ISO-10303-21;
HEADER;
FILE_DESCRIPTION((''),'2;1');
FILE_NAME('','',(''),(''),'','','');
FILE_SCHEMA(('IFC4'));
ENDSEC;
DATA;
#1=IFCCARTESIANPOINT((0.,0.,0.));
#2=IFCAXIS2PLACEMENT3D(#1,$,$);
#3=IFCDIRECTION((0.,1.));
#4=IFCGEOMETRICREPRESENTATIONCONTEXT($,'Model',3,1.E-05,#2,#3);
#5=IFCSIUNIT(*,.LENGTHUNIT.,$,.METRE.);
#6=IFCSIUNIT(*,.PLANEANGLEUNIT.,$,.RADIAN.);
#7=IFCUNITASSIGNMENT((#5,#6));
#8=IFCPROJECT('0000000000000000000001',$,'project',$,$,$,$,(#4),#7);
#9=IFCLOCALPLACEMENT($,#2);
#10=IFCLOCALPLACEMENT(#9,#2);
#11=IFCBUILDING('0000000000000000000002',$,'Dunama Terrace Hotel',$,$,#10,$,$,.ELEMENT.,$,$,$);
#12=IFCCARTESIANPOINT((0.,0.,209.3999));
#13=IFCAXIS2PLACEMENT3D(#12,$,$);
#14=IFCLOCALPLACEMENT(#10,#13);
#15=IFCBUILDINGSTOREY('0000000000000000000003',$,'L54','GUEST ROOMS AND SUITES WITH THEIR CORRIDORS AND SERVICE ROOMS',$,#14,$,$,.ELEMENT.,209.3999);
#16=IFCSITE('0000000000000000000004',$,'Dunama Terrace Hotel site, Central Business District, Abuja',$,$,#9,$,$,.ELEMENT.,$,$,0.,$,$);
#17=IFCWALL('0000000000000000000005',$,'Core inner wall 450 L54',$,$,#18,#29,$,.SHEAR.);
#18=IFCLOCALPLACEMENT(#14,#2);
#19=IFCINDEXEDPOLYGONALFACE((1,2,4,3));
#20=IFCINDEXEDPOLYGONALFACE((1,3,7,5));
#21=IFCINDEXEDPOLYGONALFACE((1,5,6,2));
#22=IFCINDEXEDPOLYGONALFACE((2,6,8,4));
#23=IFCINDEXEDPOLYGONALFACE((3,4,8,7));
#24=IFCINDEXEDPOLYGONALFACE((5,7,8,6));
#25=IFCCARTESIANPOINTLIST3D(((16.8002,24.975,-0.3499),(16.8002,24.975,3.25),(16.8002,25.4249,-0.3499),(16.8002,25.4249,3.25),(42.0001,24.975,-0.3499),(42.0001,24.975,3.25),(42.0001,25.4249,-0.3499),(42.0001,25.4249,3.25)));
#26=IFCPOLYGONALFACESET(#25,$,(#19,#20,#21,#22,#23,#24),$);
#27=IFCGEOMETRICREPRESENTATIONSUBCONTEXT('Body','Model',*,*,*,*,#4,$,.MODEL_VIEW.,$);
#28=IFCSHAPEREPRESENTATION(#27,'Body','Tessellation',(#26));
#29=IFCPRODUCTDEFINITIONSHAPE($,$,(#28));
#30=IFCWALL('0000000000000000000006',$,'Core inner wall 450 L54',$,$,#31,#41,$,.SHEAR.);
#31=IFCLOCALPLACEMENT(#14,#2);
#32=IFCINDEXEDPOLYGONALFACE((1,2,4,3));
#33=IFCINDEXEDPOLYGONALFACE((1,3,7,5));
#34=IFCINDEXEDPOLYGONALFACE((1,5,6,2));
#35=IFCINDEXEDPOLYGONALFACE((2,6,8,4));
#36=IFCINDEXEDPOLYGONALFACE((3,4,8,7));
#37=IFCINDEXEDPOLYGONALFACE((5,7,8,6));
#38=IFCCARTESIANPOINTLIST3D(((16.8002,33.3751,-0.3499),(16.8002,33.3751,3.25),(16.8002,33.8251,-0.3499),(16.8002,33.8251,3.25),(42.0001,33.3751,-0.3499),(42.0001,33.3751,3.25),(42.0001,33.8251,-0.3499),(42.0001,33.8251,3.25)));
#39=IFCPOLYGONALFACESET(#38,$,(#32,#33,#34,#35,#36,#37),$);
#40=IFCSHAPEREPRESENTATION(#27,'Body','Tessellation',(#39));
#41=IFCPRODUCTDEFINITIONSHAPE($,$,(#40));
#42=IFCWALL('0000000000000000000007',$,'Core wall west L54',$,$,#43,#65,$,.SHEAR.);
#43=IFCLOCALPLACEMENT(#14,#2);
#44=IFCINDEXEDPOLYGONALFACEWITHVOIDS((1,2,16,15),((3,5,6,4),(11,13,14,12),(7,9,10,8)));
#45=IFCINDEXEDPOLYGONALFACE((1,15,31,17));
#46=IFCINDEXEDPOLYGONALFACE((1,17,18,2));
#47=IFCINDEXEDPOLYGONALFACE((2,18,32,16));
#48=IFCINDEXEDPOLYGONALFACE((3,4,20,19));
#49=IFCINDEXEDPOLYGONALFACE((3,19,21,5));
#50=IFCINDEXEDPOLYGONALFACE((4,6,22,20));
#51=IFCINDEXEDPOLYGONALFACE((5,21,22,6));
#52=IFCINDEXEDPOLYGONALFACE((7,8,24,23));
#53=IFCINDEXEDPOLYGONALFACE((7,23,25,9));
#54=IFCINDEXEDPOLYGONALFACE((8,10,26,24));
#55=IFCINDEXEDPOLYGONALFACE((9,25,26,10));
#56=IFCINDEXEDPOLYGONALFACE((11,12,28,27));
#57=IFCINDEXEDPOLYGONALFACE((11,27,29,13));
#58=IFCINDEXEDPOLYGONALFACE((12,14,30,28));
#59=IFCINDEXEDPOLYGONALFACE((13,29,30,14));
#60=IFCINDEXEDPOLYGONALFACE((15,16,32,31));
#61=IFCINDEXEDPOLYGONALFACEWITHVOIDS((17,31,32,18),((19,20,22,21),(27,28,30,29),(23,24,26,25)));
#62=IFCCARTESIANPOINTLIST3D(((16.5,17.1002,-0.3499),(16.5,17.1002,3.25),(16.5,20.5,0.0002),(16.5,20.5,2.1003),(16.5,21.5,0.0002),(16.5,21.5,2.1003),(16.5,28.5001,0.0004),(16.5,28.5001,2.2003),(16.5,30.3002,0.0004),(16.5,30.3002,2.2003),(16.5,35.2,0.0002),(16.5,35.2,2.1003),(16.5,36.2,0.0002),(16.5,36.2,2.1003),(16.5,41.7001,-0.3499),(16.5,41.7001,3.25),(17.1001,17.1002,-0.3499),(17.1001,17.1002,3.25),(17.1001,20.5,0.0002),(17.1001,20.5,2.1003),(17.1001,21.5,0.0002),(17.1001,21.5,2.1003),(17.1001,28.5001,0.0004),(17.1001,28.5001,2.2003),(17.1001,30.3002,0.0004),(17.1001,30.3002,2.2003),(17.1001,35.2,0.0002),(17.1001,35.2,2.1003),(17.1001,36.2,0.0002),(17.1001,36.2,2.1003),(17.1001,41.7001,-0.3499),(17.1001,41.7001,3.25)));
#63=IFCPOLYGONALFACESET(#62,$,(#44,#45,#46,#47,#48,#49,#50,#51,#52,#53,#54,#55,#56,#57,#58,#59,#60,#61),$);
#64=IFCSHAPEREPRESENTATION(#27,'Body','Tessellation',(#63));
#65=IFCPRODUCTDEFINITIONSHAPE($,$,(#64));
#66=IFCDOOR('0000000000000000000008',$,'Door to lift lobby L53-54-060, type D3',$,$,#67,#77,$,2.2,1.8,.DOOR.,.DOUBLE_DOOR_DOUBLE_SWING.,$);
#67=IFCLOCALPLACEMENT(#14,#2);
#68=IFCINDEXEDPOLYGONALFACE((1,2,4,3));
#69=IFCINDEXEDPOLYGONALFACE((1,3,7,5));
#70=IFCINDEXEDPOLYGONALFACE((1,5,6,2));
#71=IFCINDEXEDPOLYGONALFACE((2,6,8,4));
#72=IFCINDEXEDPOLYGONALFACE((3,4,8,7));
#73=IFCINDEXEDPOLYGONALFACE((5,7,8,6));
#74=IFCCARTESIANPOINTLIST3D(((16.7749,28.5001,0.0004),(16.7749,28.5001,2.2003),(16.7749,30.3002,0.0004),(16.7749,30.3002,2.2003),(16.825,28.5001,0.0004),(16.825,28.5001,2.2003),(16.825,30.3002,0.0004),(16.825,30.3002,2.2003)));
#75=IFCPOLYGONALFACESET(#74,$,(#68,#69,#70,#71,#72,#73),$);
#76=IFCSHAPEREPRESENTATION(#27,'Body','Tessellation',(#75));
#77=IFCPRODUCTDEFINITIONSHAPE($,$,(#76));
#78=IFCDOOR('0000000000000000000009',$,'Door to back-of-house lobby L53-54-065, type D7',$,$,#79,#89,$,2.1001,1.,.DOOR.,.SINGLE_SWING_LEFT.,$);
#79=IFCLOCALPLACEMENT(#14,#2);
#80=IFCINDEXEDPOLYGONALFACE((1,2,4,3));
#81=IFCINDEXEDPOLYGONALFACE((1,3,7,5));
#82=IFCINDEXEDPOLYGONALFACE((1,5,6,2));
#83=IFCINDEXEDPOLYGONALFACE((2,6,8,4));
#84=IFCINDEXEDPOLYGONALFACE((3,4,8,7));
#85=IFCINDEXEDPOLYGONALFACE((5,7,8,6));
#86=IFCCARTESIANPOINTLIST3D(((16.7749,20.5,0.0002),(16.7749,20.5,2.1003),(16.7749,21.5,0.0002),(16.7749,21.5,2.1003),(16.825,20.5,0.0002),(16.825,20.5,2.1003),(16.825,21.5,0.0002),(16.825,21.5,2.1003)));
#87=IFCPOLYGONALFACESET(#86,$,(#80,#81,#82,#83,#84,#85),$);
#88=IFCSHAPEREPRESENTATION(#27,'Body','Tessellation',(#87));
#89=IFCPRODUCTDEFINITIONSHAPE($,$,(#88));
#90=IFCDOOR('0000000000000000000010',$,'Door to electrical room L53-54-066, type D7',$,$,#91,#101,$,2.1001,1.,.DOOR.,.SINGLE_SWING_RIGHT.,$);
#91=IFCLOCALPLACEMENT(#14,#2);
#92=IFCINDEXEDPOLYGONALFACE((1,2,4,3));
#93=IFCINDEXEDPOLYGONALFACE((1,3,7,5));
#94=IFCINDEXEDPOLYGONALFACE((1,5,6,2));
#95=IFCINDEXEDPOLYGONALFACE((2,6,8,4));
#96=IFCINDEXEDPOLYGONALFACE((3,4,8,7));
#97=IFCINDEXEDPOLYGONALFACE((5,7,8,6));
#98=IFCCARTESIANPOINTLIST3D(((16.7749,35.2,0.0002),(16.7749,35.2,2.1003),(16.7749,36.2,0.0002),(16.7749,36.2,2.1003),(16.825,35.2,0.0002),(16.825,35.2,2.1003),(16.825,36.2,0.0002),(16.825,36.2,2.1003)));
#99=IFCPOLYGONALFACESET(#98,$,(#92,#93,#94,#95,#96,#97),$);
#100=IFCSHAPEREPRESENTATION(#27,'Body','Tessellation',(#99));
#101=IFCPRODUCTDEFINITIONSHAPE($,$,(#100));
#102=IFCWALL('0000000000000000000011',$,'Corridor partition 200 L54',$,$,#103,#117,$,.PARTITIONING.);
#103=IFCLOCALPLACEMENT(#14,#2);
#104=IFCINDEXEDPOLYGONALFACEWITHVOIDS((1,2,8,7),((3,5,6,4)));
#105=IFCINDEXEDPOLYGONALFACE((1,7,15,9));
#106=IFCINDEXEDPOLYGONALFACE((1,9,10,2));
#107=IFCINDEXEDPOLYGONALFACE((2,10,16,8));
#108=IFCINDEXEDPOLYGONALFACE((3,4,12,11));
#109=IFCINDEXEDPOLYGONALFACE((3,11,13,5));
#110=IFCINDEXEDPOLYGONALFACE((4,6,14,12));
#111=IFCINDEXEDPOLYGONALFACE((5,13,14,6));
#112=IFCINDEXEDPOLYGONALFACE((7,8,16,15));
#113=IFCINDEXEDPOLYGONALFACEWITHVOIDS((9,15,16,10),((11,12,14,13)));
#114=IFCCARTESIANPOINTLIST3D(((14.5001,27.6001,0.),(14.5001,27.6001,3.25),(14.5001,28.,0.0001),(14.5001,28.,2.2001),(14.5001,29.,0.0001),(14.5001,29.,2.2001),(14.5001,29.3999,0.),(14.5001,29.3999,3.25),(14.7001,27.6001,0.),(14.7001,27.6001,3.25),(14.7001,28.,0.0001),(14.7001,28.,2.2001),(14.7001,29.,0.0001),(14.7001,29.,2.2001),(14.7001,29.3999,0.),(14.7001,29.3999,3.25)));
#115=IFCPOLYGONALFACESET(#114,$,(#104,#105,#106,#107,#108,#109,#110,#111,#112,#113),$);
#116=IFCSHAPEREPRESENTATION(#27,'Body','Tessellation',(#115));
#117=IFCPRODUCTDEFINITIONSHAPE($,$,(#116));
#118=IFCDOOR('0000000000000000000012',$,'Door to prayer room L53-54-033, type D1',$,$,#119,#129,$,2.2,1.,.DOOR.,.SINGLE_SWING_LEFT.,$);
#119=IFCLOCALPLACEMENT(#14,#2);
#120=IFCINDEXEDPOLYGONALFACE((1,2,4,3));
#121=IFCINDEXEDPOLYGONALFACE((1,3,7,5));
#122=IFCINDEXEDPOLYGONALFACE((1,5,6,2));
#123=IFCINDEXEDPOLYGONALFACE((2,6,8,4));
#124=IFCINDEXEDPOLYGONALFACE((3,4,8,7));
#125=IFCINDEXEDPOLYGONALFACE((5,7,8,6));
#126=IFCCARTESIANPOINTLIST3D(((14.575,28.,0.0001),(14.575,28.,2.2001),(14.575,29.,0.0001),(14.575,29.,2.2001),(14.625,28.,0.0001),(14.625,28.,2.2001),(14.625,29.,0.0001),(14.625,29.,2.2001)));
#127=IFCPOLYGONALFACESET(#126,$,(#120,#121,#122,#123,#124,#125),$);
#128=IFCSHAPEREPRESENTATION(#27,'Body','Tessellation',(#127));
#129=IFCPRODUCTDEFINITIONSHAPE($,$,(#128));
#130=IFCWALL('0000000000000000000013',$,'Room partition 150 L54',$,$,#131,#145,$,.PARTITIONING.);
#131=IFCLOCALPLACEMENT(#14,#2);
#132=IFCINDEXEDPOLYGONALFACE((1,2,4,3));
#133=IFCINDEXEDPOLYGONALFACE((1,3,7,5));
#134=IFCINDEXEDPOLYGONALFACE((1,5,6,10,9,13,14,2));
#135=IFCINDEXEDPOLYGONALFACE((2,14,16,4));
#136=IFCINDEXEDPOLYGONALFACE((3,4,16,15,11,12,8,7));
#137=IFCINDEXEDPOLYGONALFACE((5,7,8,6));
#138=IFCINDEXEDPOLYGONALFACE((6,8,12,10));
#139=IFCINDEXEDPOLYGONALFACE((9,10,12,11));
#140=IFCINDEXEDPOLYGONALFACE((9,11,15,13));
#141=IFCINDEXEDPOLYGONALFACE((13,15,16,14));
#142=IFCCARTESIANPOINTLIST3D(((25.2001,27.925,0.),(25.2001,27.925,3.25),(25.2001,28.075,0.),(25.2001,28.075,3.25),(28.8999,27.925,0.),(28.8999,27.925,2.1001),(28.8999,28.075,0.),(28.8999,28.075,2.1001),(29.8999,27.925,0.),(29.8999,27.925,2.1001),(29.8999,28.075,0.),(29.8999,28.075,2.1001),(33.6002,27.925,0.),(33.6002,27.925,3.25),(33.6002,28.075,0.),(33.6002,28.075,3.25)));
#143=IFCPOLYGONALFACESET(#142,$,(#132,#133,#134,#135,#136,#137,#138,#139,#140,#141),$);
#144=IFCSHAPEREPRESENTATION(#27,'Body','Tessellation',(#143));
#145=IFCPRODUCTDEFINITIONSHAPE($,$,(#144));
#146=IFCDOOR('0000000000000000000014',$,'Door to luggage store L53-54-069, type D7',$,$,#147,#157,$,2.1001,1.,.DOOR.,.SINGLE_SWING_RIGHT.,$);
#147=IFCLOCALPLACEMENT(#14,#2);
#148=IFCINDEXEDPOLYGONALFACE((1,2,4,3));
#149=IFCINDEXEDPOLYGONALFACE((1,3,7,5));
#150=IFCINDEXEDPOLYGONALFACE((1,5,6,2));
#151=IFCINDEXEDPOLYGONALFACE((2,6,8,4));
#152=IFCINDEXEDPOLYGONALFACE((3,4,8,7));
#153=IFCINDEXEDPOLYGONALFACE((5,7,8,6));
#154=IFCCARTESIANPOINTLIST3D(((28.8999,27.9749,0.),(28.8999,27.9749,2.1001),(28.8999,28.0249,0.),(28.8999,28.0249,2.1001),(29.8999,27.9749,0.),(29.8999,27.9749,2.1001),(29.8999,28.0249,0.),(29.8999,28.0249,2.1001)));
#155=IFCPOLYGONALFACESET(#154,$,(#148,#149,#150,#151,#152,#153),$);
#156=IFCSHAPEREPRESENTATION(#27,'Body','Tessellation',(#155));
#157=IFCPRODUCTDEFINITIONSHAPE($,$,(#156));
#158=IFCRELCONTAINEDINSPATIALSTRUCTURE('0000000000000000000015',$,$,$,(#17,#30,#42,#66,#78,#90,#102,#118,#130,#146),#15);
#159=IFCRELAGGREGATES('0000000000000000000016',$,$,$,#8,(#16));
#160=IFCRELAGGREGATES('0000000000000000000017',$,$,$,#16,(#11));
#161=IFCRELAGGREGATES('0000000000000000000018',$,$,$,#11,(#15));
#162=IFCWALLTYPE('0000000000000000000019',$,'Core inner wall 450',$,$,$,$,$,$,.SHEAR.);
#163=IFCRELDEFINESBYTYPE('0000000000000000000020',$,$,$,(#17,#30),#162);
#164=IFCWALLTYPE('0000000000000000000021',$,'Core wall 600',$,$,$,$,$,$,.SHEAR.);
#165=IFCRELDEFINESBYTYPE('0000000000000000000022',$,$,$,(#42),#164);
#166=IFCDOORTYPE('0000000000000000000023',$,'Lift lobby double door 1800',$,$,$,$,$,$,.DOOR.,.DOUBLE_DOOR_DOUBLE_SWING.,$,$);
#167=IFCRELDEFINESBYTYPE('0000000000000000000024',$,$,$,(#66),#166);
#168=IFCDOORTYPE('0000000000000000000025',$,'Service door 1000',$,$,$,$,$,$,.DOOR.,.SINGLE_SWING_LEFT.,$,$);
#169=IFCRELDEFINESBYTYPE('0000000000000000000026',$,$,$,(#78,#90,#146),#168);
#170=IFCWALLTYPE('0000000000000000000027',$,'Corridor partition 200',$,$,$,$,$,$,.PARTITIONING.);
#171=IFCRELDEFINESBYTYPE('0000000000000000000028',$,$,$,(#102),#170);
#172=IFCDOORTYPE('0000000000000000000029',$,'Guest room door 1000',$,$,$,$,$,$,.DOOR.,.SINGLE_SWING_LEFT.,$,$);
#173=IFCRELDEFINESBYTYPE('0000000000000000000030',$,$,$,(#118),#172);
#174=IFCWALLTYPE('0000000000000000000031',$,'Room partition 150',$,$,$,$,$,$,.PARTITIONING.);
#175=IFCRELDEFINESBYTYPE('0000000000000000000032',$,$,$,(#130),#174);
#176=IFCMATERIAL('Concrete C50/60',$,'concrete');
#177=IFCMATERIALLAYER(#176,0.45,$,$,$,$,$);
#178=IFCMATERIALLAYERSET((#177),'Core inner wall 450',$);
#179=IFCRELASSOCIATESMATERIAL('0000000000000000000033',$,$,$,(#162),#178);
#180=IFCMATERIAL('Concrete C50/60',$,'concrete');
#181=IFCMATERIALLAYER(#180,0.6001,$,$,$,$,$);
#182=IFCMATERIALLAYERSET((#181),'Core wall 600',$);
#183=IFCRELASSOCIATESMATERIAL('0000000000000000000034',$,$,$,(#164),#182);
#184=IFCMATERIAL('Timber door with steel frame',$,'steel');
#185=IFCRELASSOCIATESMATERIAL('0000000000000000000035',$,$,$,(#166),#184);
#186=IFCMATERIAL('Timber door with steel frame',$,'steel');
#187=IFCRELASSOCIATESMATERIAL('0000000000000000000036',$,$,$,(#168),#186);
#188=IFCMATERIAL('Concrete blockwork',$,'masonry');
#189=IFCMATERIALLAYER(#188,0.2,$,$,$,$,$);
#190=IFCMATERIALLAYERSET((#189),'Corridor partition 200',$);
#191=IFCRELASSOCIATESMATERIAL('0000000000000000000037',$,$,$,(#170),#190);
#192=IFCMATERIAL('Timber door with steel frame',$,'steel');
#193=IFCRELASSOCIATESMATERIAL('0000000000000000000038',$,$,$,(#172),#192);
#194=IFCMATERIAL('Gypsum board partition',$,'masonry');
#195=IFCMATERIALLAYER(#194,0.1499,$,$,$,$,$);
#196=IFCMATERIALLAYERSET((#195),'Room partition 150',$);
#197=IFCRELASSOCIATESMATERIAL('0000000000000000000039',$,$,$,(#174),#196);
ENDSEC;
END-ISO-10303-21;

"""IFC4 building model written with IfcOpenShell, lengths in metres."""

from ifc_helpers import new_model, si_unit, direction, frame, frame_2d, origin, place, context, subcontext, project, spatial, rectangle, extrude, material, layer, layer_set, type_object, element, fill, save


model = new_model("IFC4")

# Units and contexts
model_context = context("Model", 3, precision=1e-05, world=origin(), true_north=direction((0.0, 1.0)))
body_context = subcontext(model_context, "Body", "Model", "MODEL_VIEW")
ifc_project = project(units=[si_unit("LENGTHUNIT", "METRE"), si_unit("PLANEANGLEUNIT", "RADIAN")], contexts=[model_context])

# Site, building, storey
site_placement = place(None, origin())
site = spatial("IfcSite", under=ifc_project, at=site_placement, Name="Dunama Terrace Hotel site, Central Business District, Abuja", CompositionType="ELEMENT", RefElevation=0.0)
building_placement = place(site_placement, origin())
building = spatial("IfcBuilding", under=site, at=building_placement, Name="Dunama Terrace Hotel", CompositionType="ELEMENT")
storey_placement = place(building_placement, frame((0.0, 0.0, 209.3999)))
storey = spatial("IfcBuildingStorey", under=building, at=storey_placement, Name="L54", Description="GUEST ROOMS AND SUITES WITH THEIR CORRIDORS AND SERVICE ROOMS", CompositionType="ELEMENT", Elevation=209.3999)

# Walls
ifc_material_1 = material(Name="Concrete C50/60", Category="concrete")
ifc_layer_1 = layer(ifc_material_1, 0.45)
ifc_layer_set_1 = layer_set([ifc_layer_1], Name="Core inner wall 450")
wall_type_1 = type_object("IfcWallType", Name="Core inner wall 450", PredefinedType="SHEAR", material=ifc_layer_set_1)
for number, where, z_axis, x_axis, name in (
    (1, (16.8, 25.2, -0.3499), (0.0, 0.0, 1.0), (1.0, 0.0, 0.0), "Core inner wall 450 L54"),
    (2, (16.8, 33.6001, -0.3499), (0.0, 0.0, 1.0), (1.0, 0.0, 0.0), "Core inner wall 450 L54"),
):
    element("IfcWall", number, at=place(storey_placement, frame(where, z_axis=z_axis, x_axis=x_axis)), inside=storey, type_object=wall_type_1, Name=name, PredefinedType="SHEAR", context=body_context, shape_type="SweptSolid", body=[
        extrude(rectangle(XDim=25.2, YDim=0.45, at=frame_2d((12.6001, 0.0))), origin(), (0.0, 0.0, 1.0), 3.5999),
    ])

# Wall, openings, doors
ifc_material_2 = material(Name="Concrete C50/60", Category="concrete")
ifc_layer_2 = layer(ifc_material_2, 0.6001)
ifc_layer_set_2 = layer_set([ifc_layer_2], Name="Core wall 600")
wall_type_2 = type_object("IfcWallType", Name="Core wall 600", PredefinedType="SHEAR", material=ifc_layer_set_2)
wall_1_placement = place(storey_placement, frame((16.8, 41.7, -0.3499), z_axis=(0.0, 0.0, 1.0), x_axis=(0.0, -1.0, 0.0)))
wall_1 = element("IfcWall", 3, at=wall_1_placement, inside=storey, type_object=wall_type_2, Name="Core wall west L54", PredefinedType="SHEAR", context=body_context, shape_type="SweptSolid", body=[
    extrude(rectangle(XDim=24.5999, YDim=0.6001, at=frame_2d((12.2998, 0.0))), origin(), (0.0, 0.0, 1.0), 3.5999),
])
opening_1_placement = place(wall_1_placement, frame((11.3999, 0.0, 0.3501)))
opening_1 = element("IfcOpeningElement", 4, at=opening_1_placement, cuts=wall_1, PredefinedType="OPENING", context=body_context, shape_type="SweptSolid", body=[
    extrude(rectangle(XDim=1.8, YDim=2.2, at=frame_2d((0.8999, 1.1001))), frame((0.0, 0.3101, 0.0), z_axis=(0.0, -1.0, 0.0), x_axis=(1.0, 0.0, 0.0)), (0.0, 0.0, 1.0), 0.6201),
])
opening_2_placement = place(wall_1_placement, frame((20.2, 0.0, 0.3501)))
opening_2 = element("IfcOpeningElement", 5, at=opening_2_placement, cuts=wall_1, PredefinedType="OPENING", context=body_context, shape_type="SweptSolid", body=[
    extrude(rectangle(XDim=1.0, YDim=2.1001, at=frame_2d((0.5, 1.05))), frame((0.0, 0.3101, 0.0), z_axis=(0.0, -1.0, 0.0), x_axis=(1.0, 0.0, 0.0)), (0.0, 0.0, 1.0), 0.6201),
])
opening_3_placement = place(wall_1_placement, frame((5.5, 0.0, 0.3501)))
opening_3 = element("IfcOpeningElement", 6, at=opening_3_placement, cuts=wall_1, PredefinedType="OPENING", context=body_context, shape_type="SweptSolid", body=[
    extrude(rectangle(XDim=1.0, YDim=2.1001, at=frame_2d((0.5, 1.05))), frame((0.0, 0.3101, 0.0), z_axis=(0.0, -1.0, 0.0), x_axis=(1.0, 0.0, 0.0)), (0.0, 0.0, 1.0), 0.6201),
])
ifc_material_3 = material(Name="Timber door with steel frame", Category="steel")
door_type_1 = type_object("IfcDoorType", Name="Lift lobby double door 1800", OperationType="DOUBLE_DOOR_DOUBLE_SWING", PredefinedType="DOOR", material=ifc_material_3)
door_1_placement = place(opening_1_placement, origin())
door_1 = element("IfcDoor", 7, at=door_1_placement, inside=storey, type_object=door_type_1, Name="Door to lift lobby L53-54-060, type D3", OperationType="DOUBLE_DOOR_DOUBLE_SWING", OverallHeight=2.2, OverallWidth=1.8, PredefinedType="DOOR", context=body_context, shape_type="SweptSolid", body=[
    extrude(rectangle(XDim=1.8, YDim=2.2, at=frame_2d((0.8999, 1.1001))), frame((0.0, 0.0249, 0.0), z_axis=(0.0, -1.0, 0.0), x_axis=(1.0, 0.0, 0.0)), (0.0, 0.0, 1.0), 0.05),
])
fill(opening_1, door_1)
ifc_material_4 = material(Name="Timber door with steel frame", Category="steel")
door_type_2 = type_object("IfcDoorType", Name="Service door 1000", OperationType="SINGLE_SWING_LEFT", PredefinedType="DOOR", material=ifc_material_4)
door_2_placement = place(opening_2_placement, origin())
door_2 = element("IfcDoor", 8, at=door_2_placement, inside=storey, type_object=door_type_2, Name="Door to back-of-house lobby L53-54-065, type D7", OperationType="SINGLE_SWING_LEFT", OverallHeight=2.1001, OverallWidth=1.0, PredefinedType="DOOR", context=body_context, shape_type="SweptSolid", body=[
    extrude(rectangle(XDim=1.0, YDim=2.1001, at=frame_2d((0.5, 1.05))), frame((0.0, 0.0249, 0.0), z_axis=(0.0, -1.0, 0.0), x_axis=(1.0, 0.0, 0.0)), (0.0, 0.0, 1.0), 0.05),
])
fill(opening_2, door_2)
door_3_placement = place(opening_3_placement, origin())
door_3 = element("IfcDoor", 9, at=door_3_placement, inside=storey, type_object=door_type_2, Name="Door to electrical room L53-54-066, type D7", OperationType="SINGLE_SWING_RIGHT", OverallHeight=2.1001, OverallWidth=1.0, PredefinedType="DOOR", context=body_context, shape_type="SweptSolid", body=[
    extrude(rectangle(XDim=1.0, YDim=2.1001, at=frame_2d((0.5, 1.05))), frame((0.0, 0.0249, 0.0), z_axis=(0.0, -1.0, 0.0), x_axis=(1.0, 0.0, 0.0)), (0.0, 0.0, 1.0), 0.05),
])
fill(opening_3, door_3)

# Walls, openings, doors
ifc_material_5 = material(Name="Concrete blockwork", Category="masonry")
ifc_layer_3 = layer(ifc_material_5, 0.2)
ifc_layer_set_3 = layer_set([ifc_layer_3], Name="Corridor partition 200")
wall_type_3 = type_object("IfcWallType", Name="Corridor partition 200", PredefinedType="PARTITIONING", material=ifc_layer_set_3)
wall_2_placement = place(storey_placement, frame((14.6001, 29.3999, 0.0), z_axis=(0.0, 0.0, 1.0), x_axis=(0.0, -1.0, 0.0)))
wall_2 = element("IfcWall", 10, at=wall_2_placement, inside=storey, type_object=wall_type_3, Name="Corridor partition 200 L54", PredefinedType="PARTITIONING", context=body_context, shape_type="SweptSolid", body=[
    extrude(rectangle(XDim=1.7998, YDim=0.2, at=frame_2d((0.8999, 0.0))), origin(), (0.0, 0.0, 1.0), 3.25),
])
opening_4_placement = place(wall_2_placement, frame((0.3999, 0.0, 0.0)))
opening_4 = element("IfcOpeningElement", 11, at=opening_4_placement, cuts=wall_2, PredefinedType="OPENING", context=body_context, shape_type="SweptSolid", body=[
    extrude(rectangle(XDim=1.0, YDim=2.2, at=frame_2d((0.5, 1.1001))), frame((0.0, 0.1099, 0.0), z_axis=(0.0, -1.0, 0.0), x_axis=(1.0, 0.0, 0.0)), (0.0, 0.0, 1.0), 0.22),
])
ifc_material_6 = material(Name="Timber door with steel frame", Category="steel")
door_type_3 = type_object("IfcDoorType", Name="Guest room door 1000", OperationType="SINGLE_SWING_LEFT", PredefinedType="DOOR", material=ifc_material_6)
door_4_placement = place(opening_4_placement, origin())
door_4 = element("IfcDoor", 12, at=door_4_placement, inside=storey, type_object=door_type_3, Name="Door to prayer room L53-54-033, type D1", OperationType="SINGLE_SWING_LEFT", OverallHeight=2.2, OverallWidth=1.0, PredefinedType="DOOR", context=body_context, shape_type="SweptSolid", body=[
    extrude(rectangle(XDim=1.0, YDim=2.2, at=frame_2d((0.5, 1.1001))), frame((0.0, 0.0249, 0.0), z_axis=(0.0, -1.0, 0.0), x_axis=(1.0, 0.0, 0.0)), (0.0, 0.0, 1.0), 0.05),
])
fill(opening_4, door_4)
ifc_material_7 = material(Name="Gypsum board partition", Category="masonry")
ifc_layer_4 = layer(ifc_material_7, 0.1499)
ifc_layer_set_4 = layer_set([ifc_layer_4], Name="Room partition 150")
wall_type_4 = type_object("IfcWallType", Name="Room partition 150", PredefinedType="PARTITIONING", material=ifc_layer_set_4)
wall_3_placement = place(storey_placement, frame((25.2, 28.0, 0.0), z_axis=(0.0, 0.0, 1.0), x_axis=(1.0, 0.0, 0.0)))
wall_3 = element("IfcWall", 13, at=wall_3_placement, inside=storey, type_object=wall_type_4, Name="Room partition 150 L54", PredefinedType="PARTITIONING", context=body_context, shape_type="SweptSolid", body=[
    extrude(rectangle(XDim=8.4001, YDim=0.1499, at=frame_2d((4.2002, 0.0))), origin(), (0.0, 0.0, 1.0), 3.25),
])
opening_5_placement = place(wall_3_placement, frame((3.7, 0.0, 0.0)))
opening_5 = element("IfcOpeningElement", 14, at=opening_5_placement, cuts=wall_3, PredefinedType="OPENING", context=body_context, shape_type="SweptSolid", body=[
    extrude(rectangle(XDim=1.0, YDim=2.1001, at=frame_2d((0.5, 1.05))), frame((0.0, 0.085, 0.0), z_axis=(0.0, -1.0, 0.0), x_axis=(1.0, 0.0, 0.0)), (0.0, 0.0, 1.0), 0.1699),
])
door_5_placement = place(opening_5_placement, frame((1.0, 0.0, 0.0), z_axis=(0.0, 0.0, 1.0), x_axis=(-1.0, 0.0, 0.0)))
door_5 = element("IfcDoor", 15, at=door_5_placement, inside=storey, type_object=door_type_2, Name="Door to luggage store L53-54-069, type D7", OperationType="SINGLE_SWING_RIGHT", OverallHeight=2.1001, OverallWidth=1.0, PredefinedType="DOOR", context=body_context, shape_type="SweptSolid", body=[
    extrude(rectangle(XDim=1.0, YDim=2.1001, at=frame_2d((0.5, 1.05))), frame((0.0, 0.0251, 0.0), z_axis=(0.0, -1.0, 0.0), x_axis=(1.0, 0.0, 0.0)), (0.0, 0.0, 1.0), 0.05),
])
fill(opening_5, door_5)

save(model, "model.ifc")
